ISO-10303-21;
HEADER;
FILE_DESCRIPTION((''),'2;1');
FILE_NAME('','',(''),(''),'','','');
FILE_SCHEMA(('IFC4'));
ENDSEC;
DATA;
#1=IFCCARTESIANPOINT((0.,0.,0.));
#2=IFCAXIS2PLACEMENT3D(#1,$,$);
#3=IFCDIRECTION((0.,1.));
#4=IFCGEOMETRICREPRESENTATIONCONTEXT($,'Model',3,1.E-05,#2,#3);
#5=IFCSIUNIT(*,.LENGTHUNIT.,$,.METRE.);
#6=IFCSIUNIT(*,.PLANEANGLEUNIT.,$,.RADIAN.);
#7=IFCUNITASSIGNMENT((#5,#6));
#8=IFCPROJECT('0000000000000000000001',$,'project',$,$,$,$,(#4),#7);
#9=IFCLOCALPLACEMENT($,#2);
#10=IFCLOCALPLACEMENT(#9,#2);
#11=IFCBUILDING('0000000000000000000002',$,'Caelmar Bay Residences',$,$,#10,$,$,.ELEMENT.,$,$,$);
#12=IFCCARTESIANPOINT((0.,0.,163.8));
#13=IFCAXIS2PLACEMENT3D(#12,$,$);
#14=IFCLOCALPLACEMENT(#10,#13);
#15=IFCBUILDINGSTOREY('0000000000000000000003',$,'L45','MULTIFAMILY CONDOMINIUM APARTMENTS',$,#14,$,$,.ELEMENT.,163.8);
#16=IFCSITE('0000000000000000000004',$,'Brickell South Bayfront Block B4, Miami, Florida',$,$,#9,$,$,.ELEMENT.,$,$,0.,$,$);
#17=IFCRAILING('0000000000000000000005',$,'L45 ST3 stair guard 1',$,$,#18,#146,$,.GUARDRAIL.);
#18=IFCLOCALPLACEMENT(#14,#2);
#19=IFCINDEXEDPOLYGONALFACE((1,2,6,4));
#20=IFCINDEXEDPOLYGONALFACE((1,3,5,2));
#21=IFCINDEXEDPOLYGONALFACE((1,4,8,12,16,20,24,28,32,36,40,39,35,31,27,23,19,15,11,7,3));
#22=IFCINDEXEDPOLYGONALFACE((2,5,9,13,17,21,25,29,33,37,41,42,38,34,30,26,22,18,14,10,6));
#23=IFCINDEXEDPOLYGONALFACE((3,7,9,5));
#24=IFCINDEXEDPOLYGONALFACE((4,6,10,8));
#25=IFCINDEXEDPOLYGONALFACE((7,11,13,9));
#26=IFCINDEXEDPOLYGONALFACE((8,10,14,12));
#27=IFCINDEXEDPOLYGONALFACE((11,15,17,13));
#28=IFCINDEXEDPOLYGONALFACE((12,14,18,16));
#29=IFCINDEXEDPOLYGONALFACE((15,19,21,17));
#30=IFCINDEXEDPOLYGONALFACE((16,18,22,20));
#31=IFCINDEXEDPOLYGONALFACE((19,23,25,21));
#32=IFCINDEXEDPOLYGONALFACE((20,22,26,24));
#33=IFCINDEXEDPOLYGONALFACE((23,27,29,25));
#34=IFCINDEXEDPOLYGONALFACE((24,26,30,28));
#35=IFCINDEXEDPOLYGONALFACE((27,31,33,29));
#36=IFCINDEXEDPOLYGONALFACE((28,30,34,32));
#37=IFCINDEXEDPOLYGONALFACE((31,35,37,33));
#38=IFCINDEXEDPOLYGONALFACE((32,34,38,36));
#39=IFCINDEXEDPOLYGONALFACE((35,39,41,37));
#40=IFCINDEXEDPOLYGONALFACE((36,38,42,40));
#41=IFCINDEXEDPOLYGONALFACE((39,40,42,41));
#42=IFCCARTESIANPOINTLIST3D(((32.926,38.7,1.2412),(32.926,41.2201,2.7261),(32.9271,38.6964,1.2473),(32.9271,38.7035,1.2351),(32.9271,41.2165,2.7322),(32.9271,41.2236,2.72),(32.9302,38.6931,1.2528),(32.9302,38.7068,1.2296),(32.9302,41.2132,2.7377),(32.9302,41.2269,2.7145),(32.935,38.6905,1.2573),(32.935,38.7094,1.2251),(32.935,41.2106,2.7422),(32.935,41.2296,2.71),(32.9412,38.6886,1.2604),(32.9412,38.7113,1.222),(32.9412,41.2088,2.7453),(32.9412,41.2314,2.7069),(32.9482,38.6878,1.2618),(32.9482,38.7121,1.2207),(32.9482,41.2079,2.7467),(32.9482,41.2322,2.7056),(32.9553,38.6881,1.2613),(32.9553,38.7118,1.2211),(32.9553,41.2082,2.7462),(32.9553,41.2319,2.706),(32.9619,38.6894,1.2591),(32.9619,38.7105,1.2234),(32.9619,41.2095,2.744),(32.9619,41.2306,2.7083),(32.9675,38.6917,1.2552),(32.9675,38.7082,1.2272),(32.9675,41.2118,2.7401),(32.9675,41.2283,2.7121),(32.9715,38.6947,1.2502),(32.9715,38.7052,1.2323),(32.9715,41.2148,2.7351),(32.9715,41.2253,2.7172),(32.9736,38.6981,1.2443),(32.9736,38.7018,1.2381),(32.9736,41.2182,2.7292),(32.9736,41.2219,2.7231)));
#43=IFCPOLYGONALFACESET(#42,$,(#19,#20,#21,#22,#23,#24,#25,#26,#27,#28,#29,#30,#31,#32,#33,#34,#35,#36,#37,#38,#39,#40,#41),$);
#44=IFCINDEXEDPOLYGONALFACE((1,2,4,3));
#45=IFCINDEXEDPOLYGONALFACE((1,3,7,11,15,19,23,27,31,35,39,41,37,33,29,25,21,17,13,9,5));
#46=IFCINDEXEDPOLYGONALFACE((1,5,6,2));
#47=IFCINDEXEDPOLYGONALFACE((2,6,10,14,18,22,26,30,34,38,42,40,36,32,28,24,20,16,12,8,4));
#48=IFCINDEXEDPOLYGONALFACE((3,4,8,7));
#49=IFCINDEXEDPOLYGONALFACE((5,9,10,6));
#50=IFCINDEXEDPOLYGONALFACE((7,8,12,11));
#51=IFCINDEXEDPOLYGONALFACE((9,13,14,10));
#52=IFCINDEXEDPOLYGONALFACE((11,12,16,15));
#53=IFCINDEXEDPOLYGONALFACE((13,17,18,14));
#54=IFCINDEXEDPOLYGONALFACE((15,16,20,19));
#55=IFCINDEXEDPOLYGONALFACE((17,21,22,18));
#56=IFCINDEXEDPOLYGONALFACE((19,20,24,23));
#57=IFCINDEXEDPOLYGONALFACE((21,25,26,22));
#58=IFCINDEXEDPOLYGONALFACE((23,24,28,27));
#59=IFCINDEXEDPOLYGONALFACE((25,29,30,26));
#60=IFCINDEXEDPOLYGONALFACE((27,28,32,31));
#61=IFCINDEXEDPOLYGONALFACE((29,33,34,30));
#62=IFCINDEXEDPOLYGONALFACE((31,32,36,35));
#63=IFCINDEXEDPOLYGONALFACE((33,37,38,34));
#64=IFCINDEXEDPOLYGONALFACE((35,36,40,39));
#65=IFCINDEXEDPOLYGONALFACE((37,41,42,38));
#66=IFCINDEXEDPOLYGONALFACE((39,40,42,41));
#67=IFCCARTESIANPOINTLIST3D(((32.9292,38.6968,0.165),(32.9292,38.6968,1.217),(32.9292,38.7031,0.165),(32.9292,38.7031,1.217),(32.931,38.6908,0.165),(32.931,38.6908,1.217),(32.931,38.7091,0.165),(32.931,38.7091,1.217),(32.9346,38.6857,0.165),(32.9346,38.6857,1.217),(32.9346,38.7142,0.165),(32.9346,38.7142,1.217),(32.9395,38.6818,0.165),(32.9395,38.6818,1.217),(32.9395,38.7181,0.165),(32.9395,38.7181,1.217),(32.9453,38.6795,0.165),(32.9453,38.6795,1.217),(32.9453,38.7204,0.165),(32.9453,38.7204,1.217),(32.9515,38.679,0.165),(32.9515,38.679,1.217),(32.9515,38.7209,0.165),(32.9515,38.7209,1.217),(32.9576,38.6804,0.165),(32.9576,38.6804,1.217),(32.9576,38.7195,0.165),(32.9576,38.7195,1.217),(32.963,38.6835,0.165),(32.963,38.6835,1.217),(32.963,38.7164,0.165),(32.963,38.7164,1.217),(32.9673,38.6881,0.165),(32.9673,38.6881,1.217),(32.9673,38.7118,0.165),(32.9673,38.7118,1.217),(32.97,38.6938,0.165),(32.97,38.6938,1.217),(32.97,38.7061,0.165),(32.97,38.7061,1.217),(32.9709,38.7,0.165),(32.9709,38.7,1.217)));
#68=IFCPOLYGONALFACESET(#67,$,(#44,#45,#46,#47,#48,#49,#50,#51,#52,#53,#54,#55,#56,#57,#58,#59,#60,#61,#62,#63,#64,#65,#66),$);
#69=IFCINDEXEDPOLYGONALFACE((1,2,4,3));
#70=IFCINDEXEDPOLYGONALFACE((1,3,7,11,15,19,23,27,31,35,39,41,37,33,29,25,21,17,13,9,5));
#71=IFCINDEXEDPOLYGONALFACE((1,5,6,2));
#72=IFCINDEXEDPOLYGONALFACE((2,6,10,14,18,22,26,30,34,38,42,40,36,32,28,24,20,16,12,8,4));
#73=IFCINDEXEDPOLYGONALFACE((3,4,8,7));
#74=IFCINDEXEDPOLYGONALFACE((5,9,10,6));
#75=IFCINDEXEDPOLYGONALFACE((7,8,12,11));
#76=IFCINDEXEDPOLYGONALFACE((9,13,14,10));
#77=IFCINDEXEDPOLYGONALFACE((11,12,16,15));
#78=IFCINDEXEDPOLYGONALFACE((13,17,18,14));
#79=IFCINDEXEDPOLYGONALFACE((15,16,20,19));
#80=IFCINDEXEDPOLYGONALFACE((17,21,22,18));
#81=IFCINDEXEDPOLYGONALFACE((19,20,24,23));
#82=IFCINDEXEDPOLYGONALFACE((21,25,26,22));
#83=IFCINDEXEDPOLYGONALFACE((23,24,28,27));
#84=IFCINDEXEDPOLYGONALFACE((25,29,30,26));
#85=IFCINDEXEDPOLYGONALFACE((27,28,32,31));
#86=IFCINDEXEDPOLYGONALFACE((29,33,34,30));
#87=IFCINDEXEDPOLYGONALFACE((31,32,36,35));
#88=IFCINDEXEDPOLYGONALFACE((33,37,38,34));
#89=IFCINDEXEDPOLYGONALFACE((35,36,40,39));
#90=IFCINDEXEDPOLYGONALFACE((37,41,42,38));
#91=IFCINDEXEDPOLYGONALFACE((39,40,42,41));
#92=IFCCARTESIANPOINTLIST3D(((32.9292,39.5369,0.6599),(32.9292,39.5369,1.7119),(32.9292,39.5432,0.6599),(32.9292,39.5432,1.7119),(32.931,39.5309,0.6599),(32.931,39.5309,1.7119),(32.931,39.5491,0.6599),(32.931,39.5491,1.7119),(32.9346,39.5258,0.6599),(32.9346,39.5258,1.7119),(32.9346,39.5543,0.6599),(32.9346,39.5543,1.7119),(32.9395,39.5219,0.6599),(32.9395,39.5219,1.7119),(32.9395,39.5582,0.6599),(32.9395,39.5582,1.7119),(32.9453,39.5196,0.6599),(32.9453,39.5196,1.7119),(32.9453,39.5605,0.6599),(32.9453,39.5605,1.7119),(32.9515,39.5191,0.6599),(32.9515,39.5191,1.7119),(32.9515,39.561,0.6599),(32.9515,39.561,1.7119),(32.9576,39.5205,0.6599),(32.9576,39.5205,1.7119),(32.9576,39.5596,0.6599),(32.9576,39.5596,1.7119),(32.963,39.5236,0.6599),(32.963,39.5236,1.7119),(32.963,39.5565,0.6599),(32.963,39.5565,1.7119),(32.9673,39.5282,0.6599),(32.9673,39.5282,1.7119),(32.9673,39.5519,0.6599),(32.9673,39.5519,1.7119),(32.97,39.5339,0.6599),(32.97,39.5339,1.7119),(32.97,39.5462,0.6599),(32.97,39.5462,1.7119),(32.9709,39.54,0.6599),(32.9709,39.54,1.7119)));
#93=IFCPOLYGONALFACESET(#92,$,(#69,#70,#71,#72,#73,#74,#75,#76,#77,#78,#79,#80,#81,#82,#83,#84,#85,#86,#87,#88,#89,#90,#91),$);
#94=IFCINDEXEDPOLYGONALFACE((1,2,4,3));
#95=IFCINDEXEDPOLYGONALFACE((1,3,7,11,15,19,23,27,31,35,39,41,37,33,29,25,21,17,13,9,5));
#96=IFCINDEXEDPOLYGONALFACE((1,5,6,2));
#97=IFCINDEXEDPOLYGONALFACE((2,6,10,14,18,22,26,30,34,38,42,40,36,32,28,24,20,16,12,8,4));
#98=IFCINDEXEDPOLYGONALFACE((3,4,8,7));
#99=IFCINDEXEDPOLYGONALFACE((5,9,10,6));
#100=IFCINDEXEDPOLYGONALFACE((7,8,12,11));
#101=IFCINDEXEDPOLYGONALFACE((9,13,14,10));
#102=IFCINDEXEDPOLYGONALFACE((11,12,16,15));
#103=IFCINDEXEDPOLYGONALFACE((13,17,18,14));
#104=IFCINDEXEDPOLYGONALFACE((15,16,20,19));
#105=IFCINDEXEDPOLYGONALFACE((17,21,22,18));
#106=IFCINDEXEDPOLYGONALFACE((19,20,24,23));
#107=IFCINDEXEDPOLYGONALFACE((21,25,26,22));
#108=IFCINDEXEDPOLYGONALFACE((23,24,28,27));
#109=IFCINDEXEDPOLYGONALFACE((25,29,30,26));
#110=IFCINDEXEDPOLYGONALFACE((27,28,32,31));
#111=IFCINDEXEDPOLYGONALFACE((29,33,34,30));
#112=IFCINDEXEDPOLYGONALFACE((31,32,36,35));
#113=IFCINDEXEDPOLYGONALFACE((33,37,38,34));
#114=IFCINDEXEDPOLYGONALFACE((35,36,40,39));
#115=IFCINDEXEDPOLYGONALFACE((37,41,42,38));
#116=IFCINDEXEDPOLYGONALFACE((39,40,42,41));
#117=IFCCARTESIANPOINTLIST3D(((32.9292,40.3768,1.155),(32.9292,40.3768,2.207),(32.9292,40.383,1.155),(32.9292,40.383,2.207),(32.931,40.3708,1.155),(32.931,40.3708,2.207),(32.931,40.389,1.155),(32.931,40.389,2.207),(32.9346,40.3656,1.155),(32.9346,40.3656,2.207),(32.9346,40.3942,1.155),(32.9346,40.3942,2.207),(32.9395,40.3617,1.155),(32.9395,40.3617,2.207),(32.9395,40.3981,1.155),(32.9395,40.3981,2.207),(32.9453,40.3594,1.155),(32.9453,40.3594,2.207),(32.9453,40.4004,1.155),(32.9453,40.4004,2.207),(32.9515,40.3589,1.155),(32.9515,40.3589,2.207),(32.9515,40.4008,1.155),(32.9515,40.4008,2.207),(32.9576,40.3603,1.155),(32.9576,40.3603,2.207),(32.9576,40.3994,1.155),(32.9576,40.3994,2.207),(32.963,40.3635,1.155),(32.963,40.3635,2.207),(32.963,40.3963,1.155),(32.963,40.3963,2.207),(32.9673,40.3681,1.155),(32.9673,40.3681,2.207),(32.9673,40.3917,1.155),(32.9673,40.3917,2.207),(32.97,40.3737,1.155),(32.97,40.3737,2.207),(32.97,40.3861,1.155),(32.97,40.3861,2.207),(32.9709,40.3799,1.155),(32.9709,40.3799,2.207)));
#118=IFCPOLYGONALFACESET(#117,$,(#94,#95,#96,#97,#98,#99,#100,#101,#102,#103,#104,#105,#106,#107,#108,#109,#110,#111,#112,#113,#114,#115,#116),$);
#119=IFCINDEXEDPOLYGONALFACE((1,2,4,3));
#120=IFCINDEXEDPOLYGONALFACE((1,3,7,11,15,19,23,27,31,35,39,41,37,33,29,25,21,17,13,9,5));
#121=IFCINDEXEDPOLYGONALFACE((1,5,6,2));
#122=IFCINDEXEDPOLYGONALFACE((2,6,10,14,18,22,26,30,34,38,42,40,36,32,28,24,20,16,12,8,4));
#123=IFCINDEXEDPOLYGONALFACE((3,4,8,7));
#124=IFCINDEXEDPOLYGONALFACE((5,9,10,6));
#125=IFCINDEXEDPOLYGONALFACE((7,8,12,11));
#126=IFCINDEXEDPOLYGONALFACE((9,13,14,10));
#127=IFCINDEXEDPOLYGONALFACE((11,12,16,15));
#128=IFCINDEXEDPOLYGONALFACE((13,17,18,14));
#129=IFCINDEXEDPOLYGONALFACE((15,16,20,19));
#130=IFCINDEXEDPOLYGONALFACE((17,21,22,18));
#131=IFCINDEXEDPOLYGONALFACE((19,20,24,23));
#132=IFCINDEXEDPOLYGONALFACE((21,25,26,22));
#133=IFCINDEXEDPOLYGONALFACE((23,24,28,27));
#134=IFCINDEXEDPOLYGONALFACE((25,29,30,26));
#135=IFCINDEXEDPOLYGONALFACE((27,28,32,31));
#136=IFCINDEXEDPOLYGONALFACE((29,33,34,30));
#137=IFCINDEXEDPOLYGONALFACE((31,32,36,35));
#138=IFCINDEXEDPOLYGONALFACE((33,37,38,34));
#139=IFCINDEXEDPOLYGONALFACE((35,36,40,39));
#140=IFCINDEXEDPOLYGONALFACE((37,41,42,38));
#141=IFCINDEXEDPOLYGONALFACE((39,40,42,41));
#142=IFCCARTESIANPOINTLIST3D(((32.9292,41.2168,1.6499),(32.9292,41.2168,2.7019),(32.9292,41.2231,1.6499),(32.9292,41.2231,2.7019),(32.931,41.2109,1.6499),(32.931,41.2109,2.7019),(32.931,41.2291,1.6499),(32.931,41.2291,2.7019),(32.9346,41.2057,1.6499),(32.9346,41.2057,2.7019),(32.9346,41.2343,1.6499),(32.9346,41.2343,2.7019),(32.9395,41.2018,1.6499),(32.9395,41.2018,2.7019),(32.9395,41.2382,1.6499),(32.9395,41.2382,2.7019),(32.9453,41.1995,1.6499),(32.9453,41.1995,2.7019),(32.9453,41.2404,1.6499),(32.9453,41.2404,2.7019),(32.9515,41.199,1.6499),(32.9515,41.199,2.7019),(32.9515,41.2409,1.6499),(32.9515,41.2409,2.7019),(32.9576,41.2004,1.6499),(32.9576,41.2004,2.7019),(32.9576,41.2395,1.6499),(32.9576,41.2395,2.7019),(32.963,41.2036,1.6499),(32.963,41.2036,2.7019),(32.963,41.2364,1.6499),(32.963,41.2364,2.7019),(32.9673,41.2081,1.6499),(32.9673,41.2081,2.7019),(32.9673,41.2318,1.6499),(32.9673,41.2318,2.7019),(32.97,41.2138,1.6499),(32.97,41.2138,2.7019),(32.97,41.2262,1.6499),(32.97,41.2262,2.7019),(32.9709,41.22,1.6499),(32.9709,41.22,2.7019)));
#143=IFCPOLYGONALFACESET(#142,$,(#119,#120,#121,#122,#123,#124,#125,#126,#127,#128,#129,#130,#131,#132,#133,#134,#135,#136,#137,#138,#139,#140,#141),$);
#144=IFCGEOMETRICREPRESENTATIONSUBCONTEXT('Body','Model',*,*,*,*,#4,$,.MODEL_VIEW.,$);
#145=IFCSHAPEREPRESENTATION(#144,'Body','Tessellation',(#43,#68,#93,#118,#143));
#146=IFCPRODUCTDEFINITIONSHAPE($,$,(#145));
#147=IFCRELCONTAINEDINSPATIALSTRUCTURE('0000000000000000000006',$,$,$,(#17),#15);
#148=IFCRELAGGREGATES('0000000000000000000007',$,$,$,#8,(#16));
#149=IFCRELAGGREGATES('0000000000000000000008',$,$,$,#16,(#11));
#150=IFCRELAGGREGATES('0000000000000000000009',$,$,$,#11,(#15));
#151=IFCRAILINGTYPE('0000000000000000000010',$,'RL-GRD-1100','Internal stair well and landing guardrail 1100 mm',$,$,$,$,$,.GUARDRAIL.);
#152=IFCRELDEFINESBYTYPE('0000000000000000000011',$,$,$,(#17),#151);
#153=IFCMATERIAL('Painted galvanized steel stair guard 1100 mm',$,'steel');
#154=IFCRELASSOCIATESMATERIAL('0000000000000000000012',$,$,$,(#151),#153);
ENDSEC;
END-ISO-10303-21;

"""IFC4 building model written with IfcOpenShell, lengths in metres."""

from ifc_helpers import new_model, si_unit, direction, frame, origin, origin_2d, place, context, subcontext, project, spatial, circle, extrude, material, type_object, element, save


model = new_model("IFC4")

# Units and contexts
model_context = context("Model", 3, precision=1e-05, world=origin(), true_north=direction((0.0, 1.0)))
body_context = subcontext(model_context, "Body", "Model", "MODEL_VIEW")
ifc_project = project(units=[si_unit("LENGTHUNIT", "METRE"), si_unit("PLANEANGLEUNIT", "RADIAN")], contexts=[model_context])

# Site, building, storey
site_placement = place(None, origin())
site = spatial("IfcSite", under=ifc_project, at=site_placement, Name="Brickell South Bayfront Block B4, Miami, Florida", CompositionType="ELEMENT", RefElevation=0.0)
building_placement = place(site_placement, origin())
building = spatial("IfcBuilding", under=site, at=building_placement, Name="Caelmar Bay Residences", CompositionType="ELEMENT")
storey_placement = place(building_placement, frame((0.0, 0.0, 163.8)))
storey = spatial("IfcBuildingStorey", under=building, at=storey_placement, Name="L45", Description="MULTIFAMILY CONDOMINIUM APARTMENTS", CompositionType="ELEMENT", Elevation=163.8)

# Railing
ifc_material_1 = material(Name="Painted galvanized steel stair guard 1100 mm", Category="steel")
railing_type_1 = type_object("IfcRailingType", Name="RL-GRD-1100", Description="Internal stair well and landing guardrail 1100 mm", PredefinedType="GUARDRAIL", material=ifc_material_1)
railing_1_placement = place(storey_placement, frame((32.95, 38.7, 0.165)))
element("IfcRailing", 1, at=railing_1_placement, inside=storey, type_object=railing_type_1, Name="L45 ST3 stair guard 1", PredefinedType="GUARDRAIL", context=body_context, shape_type="SweptSolid", body=[
    extrude(circle(Radius=0.0239, at=origin_2d()), frame((0.0, 0.0, 1.0762), z_axis=(0.0, 0.861561, 0.507655), x_axis=(-1.0, 0.0, 0.0)), (0.0, 0.0, 1.0), 2.925),
    extrude(circle(Radius=0.021, at=origin_2d()), origin(), (0.0, 0.0, 1.0), 1.052),
    extrude(circle(Radius=0.021, at=origin_2d()), frame((0.0, 0.8401, 0.4949)), (0.0, 0.0, 1.0), 1.052),
    extrude(circle(Radius=0.021, at=origin_2d()), frame((0.0, 1.6799, 0.99)), (0.0, 0.0, 1.0), 1.052),
    extrude(circle(Radius=0.021, at=origin_2d()), frame((0.0, 2.52, 1.4849)), (0.0, 0.0, 1.0), 1.052),
])

save(model, "model.ifc")
